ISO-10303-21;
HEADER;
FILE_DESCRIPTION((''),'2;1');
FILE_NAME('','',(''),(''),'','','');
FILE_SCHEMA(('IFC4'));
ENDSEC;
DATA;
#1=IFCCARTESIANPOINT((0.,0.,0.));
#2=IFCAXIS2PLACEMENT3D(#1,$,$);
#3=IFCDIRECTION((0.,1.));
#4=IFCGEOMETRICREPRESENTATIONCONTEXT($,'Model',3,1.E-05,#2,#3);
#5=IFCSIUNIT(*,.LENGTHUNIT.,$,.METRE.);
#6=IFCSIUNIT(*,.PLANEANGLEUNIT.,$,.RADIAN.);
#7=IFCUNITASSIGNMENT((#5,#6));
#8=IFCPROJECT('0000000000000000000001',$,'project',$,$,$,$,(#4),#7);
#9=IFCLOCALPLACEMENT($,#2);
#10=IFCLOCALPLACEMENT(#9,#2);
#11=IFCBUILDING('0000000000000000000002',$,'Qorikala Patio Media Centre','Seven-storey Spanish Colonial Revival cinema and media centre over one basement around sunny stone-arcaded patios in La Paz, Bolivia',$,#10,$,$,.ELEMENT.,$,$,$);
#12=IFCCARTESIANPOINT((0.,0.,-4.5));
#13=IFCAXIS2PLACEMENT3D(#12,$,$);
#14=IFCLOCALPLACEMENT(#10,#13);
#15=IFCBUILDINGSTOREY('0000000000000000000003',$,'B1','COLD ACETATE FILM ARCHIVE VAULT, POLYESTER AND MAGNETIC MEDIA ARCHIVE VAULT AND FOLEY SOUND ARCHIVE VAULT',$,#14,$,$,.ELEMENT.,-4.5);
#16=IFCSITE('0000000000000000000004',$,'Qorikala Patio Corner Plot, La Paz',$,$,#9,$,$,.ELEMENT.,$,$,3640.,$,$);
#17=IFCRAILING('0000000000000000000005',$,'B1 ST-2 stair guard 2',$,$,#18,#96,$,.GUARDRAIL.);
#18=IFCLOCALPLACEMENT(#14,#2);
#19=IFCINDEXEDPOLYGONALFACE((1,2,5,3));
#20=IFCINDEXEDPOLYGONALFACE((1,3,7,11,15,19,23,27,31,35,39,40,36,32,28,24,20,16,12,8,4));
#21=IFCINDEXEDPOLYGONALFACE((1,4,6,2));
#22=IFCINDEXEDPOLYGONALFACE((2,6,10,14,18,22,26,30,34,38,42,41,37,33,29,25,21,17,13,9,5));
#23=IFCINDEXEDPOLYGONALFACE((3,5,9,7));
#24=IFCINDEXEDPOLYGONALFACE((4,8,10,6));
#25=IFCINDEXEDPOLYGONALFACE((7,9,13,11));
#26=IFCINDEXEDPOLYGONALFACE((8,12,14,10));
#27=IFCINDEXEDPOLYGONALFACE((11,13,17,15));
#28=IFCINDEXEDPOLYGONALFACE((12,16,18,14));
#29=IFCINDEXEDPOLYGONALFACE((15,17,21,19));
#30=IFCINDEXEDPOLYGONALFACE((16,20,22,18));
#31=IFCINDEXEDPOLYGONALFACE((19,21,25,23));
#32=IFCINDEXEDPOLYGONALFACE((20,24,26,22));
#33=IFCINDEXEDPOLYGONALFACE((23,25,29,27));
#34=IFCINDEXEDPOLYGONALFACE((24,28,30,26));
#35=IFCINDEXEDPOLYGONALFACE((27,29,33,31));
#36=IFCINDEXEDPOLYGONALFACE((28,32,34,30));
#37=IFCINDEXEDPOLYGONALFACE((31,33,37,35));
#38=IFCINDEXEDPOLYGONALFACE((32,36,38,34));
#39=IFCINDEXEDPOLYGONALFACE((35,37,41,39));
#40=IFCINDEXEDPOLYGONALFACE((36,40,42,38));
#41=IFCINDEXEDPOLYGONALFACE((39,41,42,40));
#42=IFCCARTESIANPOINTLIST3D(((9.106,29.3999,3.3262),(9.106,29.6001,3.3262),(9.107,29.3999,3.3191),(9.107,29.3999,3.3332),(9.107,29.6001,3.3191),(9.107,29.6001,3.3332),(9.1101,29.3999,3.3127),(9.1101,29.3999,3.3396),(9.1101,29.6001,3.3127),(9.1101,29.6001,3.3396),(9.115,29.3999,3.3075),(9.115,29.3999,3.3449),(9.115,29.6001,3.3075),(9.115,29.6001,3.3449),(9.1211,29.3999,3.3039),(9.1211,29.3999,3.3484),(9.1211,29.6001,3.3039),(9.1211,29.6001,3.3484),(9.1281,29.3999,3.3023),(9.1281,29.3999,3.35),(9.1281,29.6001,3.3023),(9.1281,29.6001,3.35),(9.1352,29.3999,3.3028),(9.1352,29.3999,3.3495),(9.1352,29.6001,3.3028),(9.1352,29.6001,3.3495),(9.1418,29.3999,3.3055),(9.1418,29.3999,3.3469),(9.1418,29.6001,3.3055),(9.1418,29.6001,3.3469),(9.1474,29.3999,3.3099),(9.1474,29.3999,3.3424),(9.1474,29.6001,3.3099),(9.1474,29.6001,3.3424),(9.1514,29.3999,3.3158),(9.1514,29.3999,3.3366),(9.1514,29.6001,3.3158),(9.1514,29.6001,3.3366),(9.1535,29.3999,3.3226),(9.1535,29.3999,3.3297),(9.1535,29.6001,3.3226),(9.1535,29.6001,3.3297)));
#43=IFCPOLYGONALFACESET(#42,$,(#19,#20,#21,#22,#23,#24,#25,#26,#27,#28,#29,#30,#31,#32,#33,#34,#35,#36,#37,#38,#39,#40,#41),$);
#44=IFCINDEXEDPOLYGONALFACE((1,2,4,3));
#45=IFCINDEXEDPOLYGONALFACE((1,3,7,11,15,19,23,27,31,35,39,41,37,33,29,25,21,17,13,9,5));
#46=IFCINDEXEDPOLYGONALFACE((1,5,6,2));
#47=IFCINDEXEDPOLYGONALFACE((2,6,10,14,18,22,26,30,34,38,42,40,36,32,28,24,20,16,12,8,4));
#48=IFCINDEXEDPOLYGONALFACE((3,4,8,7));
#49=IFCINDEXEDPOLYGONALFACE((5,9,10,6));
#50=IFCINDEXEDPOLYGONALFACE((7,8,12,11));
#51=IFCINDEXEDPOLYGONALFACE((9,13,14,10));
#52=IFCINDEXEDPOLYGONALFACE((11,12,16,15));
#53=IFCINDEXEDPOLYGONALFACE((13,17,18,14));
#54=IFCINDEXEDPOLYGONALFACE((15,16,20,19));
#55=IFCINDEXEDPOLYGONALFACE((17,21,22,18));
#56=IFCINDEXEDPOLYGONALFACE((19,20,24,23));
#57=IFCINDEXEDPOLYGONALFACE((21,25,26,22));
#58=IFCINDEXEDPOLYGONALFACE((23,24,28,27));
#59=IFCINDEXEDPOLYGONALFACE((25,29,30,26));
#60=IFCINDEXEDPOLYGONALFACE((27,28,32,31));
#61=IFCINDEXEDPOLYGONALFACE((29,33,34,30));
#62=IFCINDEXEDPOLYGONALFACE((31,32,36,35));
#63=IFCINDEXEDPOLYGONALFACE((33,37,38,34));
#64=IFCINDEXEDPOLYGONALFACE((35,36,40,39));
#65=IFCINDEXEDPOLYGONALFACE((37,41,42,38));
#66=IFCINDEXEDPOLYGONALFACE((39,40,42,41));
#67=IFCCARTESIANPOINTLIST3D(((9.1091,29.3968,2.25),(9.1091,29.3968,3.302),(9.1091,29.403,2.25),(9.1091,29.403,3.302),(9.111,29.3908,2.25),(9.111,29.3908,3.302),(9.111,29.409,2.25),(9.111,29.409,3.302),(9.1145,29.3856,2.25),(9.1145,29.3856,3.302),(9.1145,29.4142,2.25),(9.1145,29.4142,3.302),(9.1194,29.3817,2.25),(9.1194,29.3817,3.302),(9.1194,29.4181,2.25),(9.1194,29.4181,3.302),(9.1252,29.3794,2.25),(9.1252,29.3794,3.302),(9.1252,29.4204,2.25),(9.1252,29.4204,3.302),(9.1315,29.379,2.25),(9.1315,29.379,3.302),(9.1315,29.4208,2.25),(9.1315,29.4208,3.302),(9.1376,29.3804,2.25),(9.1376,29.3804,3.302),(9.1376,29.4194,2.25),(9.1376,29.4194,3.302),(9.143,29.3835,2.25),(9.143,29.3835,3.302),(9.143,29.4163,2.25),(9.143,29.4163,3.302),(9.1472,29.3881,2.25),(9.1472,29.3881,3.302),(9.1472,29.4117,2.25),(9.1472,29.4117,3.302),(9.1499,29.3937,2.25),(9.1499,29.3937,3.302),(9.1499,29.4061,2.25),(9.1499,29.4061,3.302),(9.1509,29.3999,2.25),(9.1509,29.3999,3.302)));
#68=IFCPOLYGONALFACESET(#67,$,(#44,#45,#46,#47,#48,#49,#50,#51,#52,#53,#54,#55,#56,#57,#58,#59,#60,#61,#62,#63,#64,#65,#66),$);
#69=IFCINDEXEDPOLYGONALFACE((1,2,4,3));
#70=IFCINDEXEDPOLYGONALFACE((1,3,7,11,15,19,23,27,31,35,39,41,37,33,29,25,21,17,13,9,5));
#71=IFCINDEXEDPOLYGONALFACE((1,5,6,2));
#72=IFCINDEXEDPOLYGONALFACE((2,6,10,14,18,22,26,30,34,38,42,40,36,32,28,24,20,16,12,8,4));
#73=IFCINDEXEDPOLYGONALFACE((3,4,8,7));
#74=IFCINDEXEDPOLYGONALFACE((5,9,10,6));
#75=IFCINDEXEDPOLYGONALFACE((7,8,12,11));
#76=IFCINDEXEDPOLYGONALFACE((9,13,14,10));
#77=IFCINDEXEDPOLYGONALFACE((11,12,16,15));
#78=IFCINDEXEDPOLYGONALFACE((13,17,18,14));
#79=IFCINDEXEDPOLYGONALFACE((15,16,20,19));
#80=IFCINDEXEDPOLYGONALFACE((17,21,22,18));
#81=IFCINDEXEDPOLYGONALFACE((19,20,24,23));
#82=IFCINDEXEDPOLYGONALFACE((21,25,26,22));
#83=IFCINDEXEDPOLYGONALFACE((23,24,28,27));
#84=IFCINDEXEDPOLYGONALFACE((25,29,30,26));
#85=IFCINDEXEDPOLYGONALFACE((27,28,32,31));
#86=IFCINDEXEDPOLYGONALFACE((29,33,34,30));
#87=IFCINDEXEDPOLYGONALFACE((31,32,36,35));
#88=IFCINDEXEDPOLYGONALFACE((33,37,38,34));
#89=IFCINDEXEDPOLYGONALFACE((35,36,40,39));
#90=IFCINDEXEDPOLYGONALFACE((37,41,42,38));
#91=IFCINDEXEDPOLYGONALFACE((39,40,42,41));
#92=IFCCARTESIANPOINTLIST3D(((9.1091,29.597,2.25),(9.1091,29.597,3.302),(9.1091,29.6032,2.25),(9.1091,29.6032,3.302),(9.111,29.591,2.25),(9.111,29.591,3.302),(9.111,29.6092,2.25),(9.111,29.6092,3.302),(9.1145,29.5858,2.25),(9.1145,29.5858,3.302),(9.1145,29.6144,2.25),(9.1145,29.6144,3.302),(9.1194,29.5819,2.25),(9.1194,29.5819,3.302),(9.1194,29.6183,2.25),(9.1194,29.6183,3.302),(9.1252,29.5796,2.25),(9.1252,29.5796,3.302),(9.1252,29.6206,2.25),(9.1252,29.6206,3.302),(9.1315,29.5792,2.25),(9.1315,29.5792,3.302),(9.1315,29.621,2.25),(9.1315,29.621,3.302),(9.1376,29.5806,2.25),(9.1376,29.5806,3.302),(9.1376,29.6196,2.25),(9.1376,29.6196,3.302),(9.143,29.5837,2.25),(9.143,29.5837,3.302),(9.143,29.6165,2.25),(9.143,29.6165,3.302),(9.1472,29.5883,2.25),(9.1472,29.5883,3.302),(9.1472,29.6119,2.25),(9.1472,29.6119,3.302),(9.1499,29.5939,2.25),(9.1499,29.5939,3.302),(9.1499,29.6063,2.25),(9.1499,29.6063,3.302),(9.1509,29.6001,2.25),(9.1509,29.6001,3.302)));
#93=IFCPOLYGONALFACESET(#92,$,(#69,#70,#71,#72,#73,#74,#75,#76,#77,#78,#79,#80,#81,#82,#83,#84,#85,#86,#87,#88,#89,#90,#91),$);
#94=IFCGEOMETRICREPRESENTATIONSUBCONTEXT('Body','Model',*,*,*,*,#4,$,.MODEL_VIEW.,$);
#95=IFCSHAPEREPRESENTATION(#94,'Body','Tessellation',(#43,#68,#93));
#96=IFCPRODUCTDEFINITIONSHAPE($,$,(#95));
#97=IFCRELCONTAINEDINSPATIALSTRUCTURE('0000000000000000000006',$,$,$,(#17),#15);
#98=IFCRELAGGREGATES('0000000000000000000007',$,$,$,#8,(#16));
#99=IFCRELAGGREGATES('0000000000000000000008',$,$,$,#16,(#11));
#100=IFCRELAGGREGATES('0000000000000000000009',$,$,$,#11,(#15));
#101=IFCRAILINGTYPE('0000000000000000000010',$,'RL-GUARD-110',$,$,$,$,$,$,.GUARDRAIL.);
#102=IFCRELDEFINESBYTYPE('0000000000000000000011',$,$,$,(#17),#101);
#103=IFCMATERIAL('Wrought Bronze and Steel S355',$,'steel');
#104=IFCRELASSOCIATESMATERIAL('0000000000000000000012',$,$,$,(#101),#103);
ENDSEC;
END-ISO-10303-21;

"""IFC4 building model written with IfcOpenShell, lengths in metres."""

from ifc_helpers import new_model, si_unit, direction, frame, origin, origin_2d, place, context, subcontext, project, spatial, circle, extrude, material, type_object, element, save


model = new_model("IFC4")

# Units and contexts
model_context = context("Model", 3, precision=1e-05, world=origin(), true_north=direction((0.0, 1.0)))
body_context = subcontext(model_context, "Body", "Model", "MODEL_VIEW")
ifc_project = project(units=[si_unit("LENGTHUNIT", "METRE"), si_unit("PLANEANGLEUNIT", "RADIAN")], contexts=[model_context])

# Site, building, storey
site_placement = place(None, origin())
site = spatial("IfcSite", under=ifc_project, at=site_placement, Name="Qorikala Patio Corner Plot, La Paz", CompositionType="ELEMENT", RefElevation=3640.0)
building_placement = place(site_placement, origin())
building = spatial("IfcBuilding", under=site, at=building_placement, Name="Qorikala Patio Media Centre", Description="Seven-storey Spanish Colonial Revival cinema and media centre over one basement around sunny stone-arcaded patios in La Paz, Bolivia", CompositionType="ELEMENT")
storey_placement = place(building_placement, frame((0.0, 0.0, -4.5)))
storey = spatial("IfcBuildingStorey", under=building, at=storey_placement, Name="B1", Description="COLD ACETATE FILM ARCHIVE VAULT, POLYESTER AND MAGNETIC MEDIA ARCHIVE VAULT AND FOLEY SOUND ARCHIVE VAULT", CompositionType="ELEMENT", Elevation=-4.5)

# Railing
ifc_material_1 = material(Name="Wrought Bronze and Steel S355", Category="steel")
railing_type_1 = type_object("IfcRailingType", Name="RL-GUARD-110", PredefinedType="GUARDRAIL", material=ifc_material_1)
railing_1_placement = place(storey_placement, frame((9.1299, 29.3999, 2.25)))
element("IfcRailing", 1, at=railing_1_placement, inside=storey, type_object=railing_type_1, Name="B1 ST-2 stair guard 2", PredefinedType="GUARDRAIL", context=body_context, shape_type="SweptSolid", body=[
    extrude(circle(Radius=0.0239, at=origin_2d()), frame((0.0, 0.0, 1.0762), z_axis=(0.0, 1.0, 0.0), x_axis=(-1.0, 0.0, 0.0)), (0.0, 0.0, 1.0), 0.2002),
    extrude(circle(Radius=0.021, at=origin_2d()), origin(), (0.0, 0.0, 1.0), 1.052),
    extrude(circle(Radius=0.021, at=origin_2d()), frame((0.0, 0.2002, 0.0)), (0.0, 0.0, 1.0), 1.052),
])

save(model, "model.ifc")
